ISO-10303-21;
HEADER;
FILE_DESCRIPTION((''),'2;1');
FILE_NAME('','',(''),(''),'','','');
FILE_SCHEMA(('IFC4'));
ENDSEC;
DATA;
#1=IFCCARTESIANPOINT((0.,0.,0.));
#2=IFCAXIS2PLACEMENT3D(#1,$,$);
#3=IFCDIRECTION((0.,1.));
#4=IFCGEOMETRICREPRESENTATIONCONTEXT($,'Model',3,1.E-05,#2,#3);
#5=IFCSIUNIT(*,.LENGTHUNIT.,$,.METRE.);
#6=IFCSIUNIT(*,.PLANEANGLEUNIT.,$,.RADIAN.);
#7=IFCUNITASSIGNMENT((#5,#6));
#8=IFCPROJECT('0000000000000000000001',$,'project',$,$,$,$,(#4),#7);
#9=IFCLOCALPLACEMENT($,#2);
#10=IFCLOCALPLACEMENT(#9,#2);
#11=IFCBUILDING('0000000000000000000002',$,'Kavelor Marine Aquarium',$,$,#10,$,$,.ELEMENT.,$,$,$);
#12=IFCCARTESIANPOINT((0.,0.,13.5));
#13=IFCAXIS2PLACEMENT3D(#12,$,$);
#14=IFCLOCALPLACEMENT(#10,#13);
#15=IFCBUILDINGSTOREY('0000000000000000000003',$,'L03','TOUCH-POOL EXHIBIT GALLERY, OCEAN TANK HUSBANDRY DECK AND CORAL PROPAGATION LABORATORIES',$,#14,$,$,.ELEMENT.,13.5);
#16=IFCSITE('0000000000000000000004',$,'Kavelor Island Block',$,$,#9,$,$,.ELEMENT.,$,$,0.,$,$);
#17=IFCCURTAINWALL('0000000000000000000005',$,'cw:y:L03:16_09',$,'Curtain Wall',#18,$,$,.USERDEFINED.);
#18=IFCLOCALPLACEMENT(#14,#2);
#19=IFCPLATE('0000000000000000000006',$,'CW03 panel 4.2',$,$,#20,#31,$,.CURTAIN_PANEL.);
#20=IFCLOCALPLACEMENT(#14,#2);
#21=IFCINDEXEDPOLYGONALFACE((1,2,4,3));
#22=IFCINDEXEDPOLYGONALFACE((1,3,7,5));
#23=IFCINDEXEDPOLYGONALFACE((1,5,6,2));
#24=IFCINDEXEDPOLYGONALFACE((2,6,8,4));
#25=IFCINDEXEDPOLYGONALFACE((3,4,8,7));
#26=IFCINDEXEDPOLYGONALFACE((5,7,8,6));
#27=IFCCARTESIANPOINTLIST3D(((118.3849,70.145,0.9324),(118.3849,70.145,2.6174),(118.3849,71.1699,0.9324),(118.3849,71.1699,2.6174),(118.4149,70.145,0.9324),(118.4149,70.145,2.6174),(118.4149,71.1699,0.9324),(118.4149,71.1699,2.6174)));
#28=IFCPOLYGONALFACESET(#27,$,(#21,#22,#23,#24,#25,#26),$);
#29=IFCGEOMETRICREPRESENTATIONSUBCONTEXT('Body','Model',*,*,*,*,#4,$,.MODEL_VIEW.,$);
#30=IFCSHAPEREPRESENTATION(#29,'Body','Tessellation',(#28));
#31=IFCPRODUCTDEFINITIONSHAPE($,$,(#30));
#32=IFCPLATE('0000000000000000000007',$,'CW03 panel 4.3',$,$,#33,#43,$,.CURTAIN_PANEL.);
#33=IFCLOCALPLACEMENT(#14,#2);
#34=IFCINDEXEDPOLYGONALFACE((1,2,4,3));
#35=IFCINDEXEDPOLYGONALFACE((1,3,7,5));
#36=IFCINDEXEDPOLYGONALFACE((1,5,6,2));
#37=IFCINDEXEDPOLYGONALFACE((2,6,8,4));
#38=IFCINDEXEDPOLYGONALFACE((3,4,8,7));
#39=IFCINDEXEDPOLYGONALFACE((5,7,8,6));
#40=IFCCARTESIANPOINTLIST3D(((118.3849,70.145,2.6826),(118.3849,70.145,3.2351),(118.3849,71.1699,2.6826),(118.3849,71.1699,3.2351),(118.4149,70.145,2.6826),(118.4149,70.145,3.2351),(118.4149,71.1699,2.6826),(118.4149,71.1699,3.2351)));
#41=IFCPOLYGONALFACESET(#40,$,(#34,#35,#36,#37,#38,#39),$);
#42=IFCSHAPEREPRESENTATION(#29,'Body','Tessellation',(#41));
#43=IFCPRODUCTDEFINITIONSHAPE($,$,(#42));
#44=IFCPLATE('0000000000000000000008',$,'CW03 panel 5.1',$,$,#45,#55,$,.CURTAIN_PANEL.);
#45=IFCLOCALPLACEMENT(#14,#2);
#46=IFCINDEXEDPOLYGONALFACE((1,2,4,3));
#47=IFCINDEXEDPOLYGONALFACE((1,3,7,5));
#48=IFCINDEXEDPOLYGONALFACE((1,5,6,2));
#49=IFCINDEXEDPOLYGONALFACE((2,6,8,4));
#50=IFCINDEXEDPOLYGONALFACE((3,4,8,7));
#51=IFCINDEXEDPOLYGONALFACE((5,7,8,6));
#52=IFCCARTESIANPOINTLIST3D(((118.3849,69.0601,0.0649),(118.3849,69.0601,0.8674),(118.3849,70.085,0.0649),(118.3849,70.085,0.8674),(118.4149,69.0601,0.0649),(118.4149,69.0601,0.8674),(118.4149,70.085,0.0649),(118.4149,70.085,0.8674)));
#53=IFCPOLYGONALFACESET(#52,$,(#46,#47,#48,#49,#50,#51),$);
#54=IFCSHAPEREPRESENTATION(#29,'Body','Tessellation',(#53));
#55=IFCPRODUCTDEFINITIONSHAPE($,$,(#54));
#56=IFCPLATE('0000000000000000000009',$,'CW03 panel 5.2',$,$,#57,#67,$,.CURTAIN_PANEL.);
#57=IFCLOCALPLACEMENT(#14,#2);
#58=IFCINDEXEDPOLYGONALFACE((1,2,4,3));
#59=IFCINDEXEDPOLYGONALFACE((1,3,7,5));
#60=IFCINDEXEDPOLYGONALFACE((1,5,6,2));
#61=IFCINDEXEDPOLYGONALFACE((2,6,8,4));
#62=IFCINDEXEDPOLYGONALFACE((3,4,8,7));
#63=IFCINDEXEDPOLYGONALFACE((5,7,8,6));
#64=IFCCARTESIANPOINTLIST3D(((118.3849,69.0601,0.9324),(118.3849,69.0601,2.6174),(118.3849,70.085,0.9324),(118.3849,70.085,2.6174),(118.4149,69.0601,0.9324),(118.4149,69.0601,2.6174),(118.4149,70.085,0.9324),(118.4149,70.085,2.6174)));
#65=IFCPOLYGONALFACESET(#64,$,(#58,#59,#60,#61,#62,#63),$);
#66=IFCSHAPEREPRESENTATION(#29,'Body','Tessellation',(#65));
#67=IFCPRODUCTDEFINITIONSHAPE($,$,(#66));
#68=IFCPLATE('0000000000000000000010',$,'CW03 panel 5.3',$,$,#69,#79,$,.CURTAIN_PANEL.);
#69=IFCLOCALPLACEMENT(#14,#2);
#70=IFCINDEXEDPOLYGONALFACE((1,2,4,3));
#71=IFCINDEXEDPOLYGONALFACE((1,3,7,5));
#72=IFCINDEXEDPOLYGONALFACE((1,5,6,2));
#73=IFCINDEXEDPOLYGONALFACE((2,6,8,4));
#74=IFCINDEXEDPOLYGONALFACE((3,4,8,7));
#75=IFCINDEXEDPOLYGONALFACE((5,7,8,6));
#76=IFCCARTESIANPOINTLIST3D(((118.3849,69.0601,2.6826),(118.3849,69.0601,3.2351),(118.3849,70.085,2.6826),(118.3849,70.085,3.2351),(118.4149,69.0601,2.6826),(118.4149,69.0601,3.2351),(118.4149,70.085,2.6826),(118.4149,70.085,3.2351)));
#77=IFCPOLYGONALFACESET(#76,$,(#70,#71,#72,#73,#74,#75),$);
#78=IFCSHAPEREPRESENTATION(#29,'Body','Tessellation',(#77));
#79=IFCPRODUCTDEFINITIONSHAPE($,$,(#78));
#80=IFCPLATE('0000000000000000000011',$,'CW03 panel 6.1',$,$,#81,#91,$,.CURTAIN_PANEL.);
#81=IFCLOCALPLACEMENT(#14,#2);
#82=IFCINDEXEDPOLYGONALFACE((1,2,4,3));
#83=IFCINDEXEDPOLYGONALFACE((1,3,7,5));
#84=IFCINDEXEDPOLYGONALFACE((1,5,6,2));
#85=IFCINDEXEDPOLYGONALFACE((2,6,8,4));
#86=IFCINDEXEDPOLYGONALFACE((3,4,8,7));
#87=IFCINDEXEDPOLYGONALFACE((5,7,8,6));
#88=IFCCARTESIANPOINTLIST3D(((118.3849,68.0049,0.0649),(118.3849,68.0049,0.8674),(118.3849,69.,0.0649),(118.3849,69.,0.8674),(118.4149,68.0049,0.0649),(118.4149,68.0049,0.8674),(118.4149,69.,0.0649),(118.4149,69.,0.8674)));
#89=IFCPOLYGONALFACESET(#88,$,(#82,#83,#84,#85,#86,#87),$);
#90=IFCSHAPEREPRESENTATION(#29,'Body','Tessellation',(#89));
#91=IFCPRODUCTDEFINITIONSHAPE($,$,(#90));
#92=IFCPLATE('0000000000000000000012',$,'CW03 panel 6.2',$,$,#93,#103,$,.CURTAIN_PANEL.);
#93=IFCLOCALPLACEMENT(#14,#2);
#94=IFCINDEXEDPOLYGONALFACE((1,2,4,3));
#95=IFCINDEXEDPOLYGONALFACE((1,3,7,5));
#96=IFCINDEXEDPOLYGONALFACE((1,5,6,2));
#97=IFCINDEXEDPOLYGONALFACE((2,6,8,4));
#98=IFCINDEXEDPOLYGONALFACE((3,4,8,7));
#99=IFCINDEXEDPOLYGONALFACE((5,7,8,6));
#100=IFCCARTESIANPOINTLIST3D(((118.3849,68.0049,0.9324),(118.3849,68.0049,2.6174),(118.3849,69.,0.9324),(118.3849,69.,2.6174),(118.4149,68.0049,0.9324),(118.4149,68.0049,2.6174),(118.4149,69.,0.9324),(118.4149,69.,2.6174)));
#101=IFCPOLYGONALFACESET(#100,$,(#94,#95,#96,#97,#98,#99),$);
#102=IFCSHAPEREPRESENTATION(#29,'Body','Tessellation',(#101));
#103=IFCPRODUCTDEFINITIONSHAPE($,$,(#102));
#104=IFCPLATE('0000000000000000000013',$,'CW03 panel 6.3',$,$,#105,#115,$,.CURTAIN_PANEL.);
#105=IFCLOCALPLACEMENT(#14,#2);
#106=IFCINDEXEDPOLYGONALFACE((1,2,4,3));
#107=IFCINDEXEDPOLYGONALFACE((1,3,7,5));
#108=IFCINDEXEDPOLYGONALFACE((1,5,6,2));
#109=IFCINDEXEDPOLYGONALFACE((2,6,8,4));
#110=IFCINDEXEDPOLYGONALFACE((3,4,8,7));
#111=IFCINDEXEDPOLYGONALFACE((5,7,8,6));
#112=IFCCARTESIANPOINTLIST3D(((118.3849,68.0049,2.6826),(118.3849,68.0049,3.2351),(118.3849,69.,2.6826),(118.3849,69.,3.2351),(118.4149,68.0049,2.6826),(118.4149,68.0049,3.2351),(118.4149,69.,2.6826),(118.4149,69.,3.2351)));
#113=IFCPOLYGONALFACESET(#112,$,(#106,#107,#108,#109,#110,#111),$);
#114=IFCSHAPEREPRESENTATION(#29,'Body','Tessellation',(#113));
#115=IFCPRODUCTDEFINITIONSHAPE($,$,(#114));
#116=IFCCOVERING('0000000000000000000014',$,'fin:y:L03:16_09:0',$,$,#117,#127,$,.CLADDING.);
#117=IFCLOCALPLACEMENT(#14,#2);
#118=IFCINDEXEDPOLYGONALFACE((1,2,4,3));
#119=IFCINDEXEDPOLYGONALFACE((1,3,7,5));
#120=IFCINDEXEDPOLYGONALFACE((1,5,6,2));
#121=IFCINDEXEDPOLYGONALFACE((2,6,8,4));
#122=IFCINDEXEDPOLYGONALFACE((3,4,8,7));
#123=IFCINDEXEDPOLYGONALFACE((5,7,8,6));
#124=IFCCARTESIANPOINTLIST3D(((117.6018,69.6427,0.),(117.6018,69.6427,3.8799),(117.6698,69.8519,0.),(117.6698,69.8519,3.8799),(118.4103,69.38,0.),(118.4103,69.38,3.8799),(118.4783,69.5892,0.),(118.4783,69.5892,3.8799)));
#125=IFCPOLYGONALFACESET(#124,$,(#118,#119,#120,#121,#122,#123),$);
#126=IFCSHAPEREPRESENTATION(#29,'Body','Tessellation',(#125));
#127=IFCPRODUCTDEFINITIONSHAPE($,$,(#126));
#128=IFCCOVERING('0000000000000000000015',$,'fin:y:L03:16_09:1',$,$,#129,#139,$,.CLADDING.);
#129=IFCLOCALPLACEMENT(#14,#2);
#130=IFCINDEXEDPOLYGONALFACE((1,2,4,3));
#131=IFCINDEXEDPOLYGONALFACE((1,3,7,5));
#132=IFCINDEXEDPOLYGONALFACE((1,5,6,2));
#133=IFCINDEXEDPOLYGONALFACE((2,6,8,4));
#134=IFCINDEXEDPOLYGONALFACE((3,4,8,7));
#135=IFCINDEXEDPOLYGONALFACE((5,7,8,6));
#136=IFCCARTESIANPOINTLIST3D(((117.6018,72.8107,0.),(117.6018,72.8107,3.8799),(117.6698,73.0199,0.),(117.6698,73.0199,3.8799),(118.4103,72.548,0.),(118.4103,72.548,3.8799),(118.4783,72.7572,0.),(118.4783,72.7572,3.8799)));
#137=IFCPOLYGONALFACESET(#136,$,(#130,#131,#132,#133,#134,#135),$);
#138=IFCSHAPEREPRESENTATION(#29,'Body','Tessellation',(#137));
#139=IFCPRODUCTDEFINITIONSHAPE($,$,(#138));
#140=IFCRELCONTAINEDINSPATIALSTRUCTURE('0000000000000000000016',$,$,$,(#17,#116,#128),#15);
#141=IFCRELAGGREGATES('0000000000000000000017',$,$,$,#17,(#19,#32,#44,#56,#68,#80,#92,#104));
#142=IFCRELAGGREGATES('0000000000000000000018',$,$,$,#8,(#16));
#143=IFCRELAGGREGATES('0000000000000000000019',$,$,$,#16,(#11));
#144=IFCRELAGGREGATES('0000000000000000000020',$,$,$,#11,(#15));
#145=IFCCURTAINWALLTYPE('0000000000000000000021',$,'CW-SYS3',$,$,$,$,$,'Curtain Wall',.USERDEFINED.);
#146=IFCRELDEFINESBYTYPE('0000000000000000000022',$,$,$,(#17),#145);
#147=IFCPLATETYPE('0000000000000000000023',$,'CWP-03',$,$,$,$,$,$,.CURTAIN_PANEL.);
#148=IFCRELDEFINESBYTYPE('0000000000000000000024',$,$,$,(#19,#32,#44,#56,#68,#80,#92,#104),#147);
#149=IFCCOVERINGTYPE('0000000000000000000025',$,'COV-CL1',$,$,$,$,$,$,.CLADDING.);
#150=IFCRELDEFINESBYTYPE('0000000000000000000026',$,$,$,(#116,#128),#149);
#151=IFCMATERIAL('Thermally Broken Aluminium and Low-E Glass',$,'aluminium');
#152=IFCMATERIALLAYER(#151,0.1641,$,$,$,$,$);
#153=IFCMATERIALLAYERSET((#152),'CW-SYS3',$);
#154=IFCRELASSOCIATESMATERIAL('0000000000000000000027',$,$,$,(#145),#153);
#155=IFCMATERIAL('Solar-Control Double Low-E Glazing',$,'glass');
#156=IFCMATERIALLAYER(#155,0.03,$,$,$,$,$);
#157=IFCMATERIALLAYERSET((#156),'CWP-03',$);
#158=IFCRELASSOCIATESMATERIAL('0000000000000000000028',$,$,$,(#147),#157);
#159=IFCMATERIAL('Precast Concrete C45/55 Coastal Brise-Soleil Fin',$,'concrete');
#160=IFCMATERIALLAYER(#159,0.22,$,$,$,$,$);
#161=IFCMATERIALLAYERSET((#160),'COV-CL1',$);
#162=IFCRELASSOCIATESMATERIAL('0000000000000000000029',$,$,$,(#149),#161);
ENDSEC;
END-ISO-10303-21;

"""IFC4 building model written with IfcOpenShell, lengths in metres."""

from ifc_helpers import new_model, si_unit, direction, frame, origin, origin_2d, place, context, subcontext, project, spatial, rectangle, extrude, material, layer, layer_set, type_object, element, aggregate, save


model = new_model("IFC4")

# Units and contexts
model_context = context("Model", 3, precision=1e-05, world=origin(), true_north=direction((0.0, 1.0)))
body_context = subcontext(model_context, "Body", "Model", "MODEL_VIEW")
ifc_project = project(units=[si_unit("LENGTHUNIT", "METRE"), si_unit("PLANEANGLEUNIT", "RADIAN")], contexts=[model_context])

# Site, building, storey
site_placement = place(None, origin())
site = spatial("IfcSite", under=ifc_project, at=site_placement, Name="Kavelor Island Block", CompositionType="ELEMENT", RefElevation=0.0)
building_placement = place(site_placement, origin())
building = spatial("IfcBuilding", under=site, at=building_placement, Name="Kavelor Marine Aquarium", CompositionType="ELEMENT")
storey_placement = place(building_placement, frame((0.0, 0.0, 13.5)))
storey = spatial("IfcBuildingStorey", under=building, at=storey_placement, Name="L03", Description="TOUCH-POOL EXHIBIT GALLERY, OCEAN TANK HUSBANDRY DECK AND CORAL PROPAGATION LABORATORIES", CompositionType="ELEMENT", Elevation=13.5)

# Curtain wall, plates
ifc_material_1 = material(Name="Thermally Broken Aluminium and Low-E Glass", Category="aluminium")
ifc_layer_1 = layer(ifc_material_1, 0.1641)
ifc_layer_set_1 = layer_set([ifc_layer_1], Name="CW-SYS3")
curtain_wall_type = type_object("IfcCurtainWallType", Name="CW-SYS3", ElementType="Curtain Wall", PredefinedType="USERDEFINED", material=ifc_layer_set_1)
curtain_wall_placement = place(storey_placement, origin())
curtain_wall = element("IfcCurtainWall", 1, at=curtain_wall_placement, inside=storey, type_object=curtain_wall_type, Name="cw:y:L03:16_09", ObjectType="Curtain Wall", PredefinedType="USERDEFINED")
ifc_material_2 = material(Name="Solar-Control Double Low-E Glazing", Category="glass")
ifc_layer_2 = layer(ifc_material_2, 0.03)
ifc_layer_set_2 = layer_set([ifc_layer_2], Name="CWP-03")
plate_type = type_object("IfcPlateType", Name="CWP-03", PredefinedType="CURTAIN_PANEL", material=ifc_layer_set_2)
plate_1_placement = place(storey_placement, frame((118.3999, 70.6575, 0.9324), z_axis=(0.0, 0.0, 1.0), x_axis=(0.0, -1.0, 0.0)))
plate_1 = element("IfcPlate", 2, at=plate_1_placement, type_object=plate_type, Name="CW03 panel 4.2", PredefinedType="CURTAIN_PANEL", context=body_context, shape_type="SweptSolid", body=[
    extrude(rectangle(XDim=1.0249, YDim=0.03, at=origin_2d()), origin(), (0.0, 0.0, 1.0), 1.6851),
])
plate_2_placement = place(storey_placement, frame((118.3999, 70.6575, 2.6826), z_axis=(0.0, 0.0, 1.0), x_axis=(0.0, -1.0, 0.0)))
plate_2 = element("IfcPlate", 3, at=plate_2_placement, type_object=plate_type, Name="CW03 panel 4.3", PredefinedType="CURTAIN_PANEL", context=body_context, shape_type="SweptSolid", body=[
    extrude(rectangle(XDim=1.0249, YDim=0.03, at=origin_2d()), origin(), (0.0, 0.0, 1.0), 0.5525),
])
plate_3_placement = place(storey_placement, frame((118.3999, 69.5725, 0.0649), z_axis=(0.0, 0.0, 1.0), x_axis=(0.0, -1.0, 0.0)))
plate_3 = element("IfcPlate", 4, at=plate_3_placement, type_object=plate_type, Name="CW03 panel 5.1", PredefinedType="CURTAIN_PANEL", context=body_context, shape_type="SweptSolid", body=[
    extrude(rectangle(XDim=1.0249, YDim=0.03, at=origin_2d()), origin(), (0.0, 0.0, 1.0), 0.8025),
])
plate_4_placement = place(storey_placement, frame((118.3999, 69.5725, 0.9324), z_axis=(0.0, 0.0, 1.0), x_axis=(0.0, -1.0, 0.0)))
plate_4 = element("IfcPlate", 5, at=plate_4_placement, type_object=plate_type, Name="CW03 panel 5.2", PredefinedType="CURTAIN_PANEL", context=body_context, shape_type="SweptSolid", body=[
    extrude(rectangle(XDim=1.0249, YDim=0.03, at=origin_2d()), origin(), (0.0, 0.0, 1.0), 1.6851),
])
plate_5_placement = place(storey_placement, frame((118.3999, 69.5725, 2.6826), z_axis=(0.0, 0.0, 1.0), x_axis=(0.0, -1.0, 0.0)))
plate_5 = element("IfcPlate", 6, at=plate_5_placement, type_object=plate_type, Name="CW03 panel 5.3", PredefinedType="CURTAIN_PANEL", context=body_context, shape_type="SweptSolid", body=[
    extrude(rectangle(XDim=1.0249, YDim=0.03, at=origin_2d()), origin(), (0.0, 0.0, 1.0), 0.5525),
])
plate_6_placement = place(storey_placement, frame((118.3999, 68.5024, 0.0649), z_axis=(0.0, 0.0, 1.0), x_axis=(0.0, -1.0, 0.0)))
plate_6 = element("IfcPlate", 7, at=plate_6_placement, type_object=plate_type, Name="CW03 panel 6.1", PredefinedType="CURTAIN_PANEL", context=body_context, shape_type="SweptSolid", body=[
    extrude(rectangle(XDim=0.9951, YDim=0.03, at=origin_2d()), origin(), (0.0, 0.0, 1.0), 0.8025),
])
plate_7_placement = place(storey_placement, frame((118.3999, 68.5024, 0.9324), z_axis=(0.0, 0.0, 1.0), x_axis=(0.0, -1.0, 0.0)))
plate_7 = element("IfcPlate", 8, at=plate_7_placement, type_object=plate_type, Name="CW03 panel 6.2", PredefinedType="CURTAIN_PANEL", context=body_context, shape_type="SweptSolid", body=[
    extrude(rectangle(XDim=0.9951, YDim=0.03, at=origin_2d()), origin(), (0.0, 0.0, 1.0), 1.6851),
])
plate_8_placement = place(storey_placement, frame((118.3999, 68.5024, 2.6826), z_axis=(0.0, 0.0, 1.0), x_axis=(0.0, -1.0, 0.0)))
plate_8 = element("IfcPlate", 9, at=plate_8_placement, type_object=plate_type, Name="CW03 panel 6.3", PredefinedType="CURTAIN_PANEL", context=body_context, shape_type="SweptSolid", body=[
    extrude(rectangle(XDim=0.9951, YDim=0.03, at=origin_2d()), origin(), (0.0, 0.0, 1.0), 0.5525),
])
aggregate(curtain_wall, [plate_1, plate_2, plate_3, plate_4, plate_5, plate_6, plate_7, plate_8])

# Coverings
ifc_material_3 = material(Name="Precast Concrete C45/55 Coastal Brise-Soleil Fin", Category="concrete")
ifc_layer_3 = layer(ifc_material_3, 0.22)
ifc_layer_set_3 = layer_set([ifc_layer_3], Name="COV-CL1")
covering_type = type_object("IfcCoveringType", Name="COV-CL1", PredefinedType="CLADDING", material=ifc_layer_set_3)
for number, where, z_axis, x_axis, name in (
    (10, (118.04, 69.616, 0.0), (0.0, 0.0, 1.0), (0.951057, -0.309017, 0.0), "fin:y:L03:16_09:0"),
    (11, (118.04, 72.7839, 0.0), (0.0, 0.0, 1.0), (0.951057, -0.309017, 0.0), "fin:y:L03:16_09:1"),
):
    element("IfcCovering", number, at=place(storey_placement, frame(where, z_axis=z_axis, x_axis=x_axis)), inside=storey, type_object=covering_type, Name=name, PredefinedType="CLADDING", context=body_context, shape_type="SweptSolid", body=[
        extrude(rectangle(XDim=0.8501, YDim=0.22, at=origin_2d()), origin(), (0.0, 0.0, 1.0), 3.8799),
    ])

save(model, "model.ifc")
